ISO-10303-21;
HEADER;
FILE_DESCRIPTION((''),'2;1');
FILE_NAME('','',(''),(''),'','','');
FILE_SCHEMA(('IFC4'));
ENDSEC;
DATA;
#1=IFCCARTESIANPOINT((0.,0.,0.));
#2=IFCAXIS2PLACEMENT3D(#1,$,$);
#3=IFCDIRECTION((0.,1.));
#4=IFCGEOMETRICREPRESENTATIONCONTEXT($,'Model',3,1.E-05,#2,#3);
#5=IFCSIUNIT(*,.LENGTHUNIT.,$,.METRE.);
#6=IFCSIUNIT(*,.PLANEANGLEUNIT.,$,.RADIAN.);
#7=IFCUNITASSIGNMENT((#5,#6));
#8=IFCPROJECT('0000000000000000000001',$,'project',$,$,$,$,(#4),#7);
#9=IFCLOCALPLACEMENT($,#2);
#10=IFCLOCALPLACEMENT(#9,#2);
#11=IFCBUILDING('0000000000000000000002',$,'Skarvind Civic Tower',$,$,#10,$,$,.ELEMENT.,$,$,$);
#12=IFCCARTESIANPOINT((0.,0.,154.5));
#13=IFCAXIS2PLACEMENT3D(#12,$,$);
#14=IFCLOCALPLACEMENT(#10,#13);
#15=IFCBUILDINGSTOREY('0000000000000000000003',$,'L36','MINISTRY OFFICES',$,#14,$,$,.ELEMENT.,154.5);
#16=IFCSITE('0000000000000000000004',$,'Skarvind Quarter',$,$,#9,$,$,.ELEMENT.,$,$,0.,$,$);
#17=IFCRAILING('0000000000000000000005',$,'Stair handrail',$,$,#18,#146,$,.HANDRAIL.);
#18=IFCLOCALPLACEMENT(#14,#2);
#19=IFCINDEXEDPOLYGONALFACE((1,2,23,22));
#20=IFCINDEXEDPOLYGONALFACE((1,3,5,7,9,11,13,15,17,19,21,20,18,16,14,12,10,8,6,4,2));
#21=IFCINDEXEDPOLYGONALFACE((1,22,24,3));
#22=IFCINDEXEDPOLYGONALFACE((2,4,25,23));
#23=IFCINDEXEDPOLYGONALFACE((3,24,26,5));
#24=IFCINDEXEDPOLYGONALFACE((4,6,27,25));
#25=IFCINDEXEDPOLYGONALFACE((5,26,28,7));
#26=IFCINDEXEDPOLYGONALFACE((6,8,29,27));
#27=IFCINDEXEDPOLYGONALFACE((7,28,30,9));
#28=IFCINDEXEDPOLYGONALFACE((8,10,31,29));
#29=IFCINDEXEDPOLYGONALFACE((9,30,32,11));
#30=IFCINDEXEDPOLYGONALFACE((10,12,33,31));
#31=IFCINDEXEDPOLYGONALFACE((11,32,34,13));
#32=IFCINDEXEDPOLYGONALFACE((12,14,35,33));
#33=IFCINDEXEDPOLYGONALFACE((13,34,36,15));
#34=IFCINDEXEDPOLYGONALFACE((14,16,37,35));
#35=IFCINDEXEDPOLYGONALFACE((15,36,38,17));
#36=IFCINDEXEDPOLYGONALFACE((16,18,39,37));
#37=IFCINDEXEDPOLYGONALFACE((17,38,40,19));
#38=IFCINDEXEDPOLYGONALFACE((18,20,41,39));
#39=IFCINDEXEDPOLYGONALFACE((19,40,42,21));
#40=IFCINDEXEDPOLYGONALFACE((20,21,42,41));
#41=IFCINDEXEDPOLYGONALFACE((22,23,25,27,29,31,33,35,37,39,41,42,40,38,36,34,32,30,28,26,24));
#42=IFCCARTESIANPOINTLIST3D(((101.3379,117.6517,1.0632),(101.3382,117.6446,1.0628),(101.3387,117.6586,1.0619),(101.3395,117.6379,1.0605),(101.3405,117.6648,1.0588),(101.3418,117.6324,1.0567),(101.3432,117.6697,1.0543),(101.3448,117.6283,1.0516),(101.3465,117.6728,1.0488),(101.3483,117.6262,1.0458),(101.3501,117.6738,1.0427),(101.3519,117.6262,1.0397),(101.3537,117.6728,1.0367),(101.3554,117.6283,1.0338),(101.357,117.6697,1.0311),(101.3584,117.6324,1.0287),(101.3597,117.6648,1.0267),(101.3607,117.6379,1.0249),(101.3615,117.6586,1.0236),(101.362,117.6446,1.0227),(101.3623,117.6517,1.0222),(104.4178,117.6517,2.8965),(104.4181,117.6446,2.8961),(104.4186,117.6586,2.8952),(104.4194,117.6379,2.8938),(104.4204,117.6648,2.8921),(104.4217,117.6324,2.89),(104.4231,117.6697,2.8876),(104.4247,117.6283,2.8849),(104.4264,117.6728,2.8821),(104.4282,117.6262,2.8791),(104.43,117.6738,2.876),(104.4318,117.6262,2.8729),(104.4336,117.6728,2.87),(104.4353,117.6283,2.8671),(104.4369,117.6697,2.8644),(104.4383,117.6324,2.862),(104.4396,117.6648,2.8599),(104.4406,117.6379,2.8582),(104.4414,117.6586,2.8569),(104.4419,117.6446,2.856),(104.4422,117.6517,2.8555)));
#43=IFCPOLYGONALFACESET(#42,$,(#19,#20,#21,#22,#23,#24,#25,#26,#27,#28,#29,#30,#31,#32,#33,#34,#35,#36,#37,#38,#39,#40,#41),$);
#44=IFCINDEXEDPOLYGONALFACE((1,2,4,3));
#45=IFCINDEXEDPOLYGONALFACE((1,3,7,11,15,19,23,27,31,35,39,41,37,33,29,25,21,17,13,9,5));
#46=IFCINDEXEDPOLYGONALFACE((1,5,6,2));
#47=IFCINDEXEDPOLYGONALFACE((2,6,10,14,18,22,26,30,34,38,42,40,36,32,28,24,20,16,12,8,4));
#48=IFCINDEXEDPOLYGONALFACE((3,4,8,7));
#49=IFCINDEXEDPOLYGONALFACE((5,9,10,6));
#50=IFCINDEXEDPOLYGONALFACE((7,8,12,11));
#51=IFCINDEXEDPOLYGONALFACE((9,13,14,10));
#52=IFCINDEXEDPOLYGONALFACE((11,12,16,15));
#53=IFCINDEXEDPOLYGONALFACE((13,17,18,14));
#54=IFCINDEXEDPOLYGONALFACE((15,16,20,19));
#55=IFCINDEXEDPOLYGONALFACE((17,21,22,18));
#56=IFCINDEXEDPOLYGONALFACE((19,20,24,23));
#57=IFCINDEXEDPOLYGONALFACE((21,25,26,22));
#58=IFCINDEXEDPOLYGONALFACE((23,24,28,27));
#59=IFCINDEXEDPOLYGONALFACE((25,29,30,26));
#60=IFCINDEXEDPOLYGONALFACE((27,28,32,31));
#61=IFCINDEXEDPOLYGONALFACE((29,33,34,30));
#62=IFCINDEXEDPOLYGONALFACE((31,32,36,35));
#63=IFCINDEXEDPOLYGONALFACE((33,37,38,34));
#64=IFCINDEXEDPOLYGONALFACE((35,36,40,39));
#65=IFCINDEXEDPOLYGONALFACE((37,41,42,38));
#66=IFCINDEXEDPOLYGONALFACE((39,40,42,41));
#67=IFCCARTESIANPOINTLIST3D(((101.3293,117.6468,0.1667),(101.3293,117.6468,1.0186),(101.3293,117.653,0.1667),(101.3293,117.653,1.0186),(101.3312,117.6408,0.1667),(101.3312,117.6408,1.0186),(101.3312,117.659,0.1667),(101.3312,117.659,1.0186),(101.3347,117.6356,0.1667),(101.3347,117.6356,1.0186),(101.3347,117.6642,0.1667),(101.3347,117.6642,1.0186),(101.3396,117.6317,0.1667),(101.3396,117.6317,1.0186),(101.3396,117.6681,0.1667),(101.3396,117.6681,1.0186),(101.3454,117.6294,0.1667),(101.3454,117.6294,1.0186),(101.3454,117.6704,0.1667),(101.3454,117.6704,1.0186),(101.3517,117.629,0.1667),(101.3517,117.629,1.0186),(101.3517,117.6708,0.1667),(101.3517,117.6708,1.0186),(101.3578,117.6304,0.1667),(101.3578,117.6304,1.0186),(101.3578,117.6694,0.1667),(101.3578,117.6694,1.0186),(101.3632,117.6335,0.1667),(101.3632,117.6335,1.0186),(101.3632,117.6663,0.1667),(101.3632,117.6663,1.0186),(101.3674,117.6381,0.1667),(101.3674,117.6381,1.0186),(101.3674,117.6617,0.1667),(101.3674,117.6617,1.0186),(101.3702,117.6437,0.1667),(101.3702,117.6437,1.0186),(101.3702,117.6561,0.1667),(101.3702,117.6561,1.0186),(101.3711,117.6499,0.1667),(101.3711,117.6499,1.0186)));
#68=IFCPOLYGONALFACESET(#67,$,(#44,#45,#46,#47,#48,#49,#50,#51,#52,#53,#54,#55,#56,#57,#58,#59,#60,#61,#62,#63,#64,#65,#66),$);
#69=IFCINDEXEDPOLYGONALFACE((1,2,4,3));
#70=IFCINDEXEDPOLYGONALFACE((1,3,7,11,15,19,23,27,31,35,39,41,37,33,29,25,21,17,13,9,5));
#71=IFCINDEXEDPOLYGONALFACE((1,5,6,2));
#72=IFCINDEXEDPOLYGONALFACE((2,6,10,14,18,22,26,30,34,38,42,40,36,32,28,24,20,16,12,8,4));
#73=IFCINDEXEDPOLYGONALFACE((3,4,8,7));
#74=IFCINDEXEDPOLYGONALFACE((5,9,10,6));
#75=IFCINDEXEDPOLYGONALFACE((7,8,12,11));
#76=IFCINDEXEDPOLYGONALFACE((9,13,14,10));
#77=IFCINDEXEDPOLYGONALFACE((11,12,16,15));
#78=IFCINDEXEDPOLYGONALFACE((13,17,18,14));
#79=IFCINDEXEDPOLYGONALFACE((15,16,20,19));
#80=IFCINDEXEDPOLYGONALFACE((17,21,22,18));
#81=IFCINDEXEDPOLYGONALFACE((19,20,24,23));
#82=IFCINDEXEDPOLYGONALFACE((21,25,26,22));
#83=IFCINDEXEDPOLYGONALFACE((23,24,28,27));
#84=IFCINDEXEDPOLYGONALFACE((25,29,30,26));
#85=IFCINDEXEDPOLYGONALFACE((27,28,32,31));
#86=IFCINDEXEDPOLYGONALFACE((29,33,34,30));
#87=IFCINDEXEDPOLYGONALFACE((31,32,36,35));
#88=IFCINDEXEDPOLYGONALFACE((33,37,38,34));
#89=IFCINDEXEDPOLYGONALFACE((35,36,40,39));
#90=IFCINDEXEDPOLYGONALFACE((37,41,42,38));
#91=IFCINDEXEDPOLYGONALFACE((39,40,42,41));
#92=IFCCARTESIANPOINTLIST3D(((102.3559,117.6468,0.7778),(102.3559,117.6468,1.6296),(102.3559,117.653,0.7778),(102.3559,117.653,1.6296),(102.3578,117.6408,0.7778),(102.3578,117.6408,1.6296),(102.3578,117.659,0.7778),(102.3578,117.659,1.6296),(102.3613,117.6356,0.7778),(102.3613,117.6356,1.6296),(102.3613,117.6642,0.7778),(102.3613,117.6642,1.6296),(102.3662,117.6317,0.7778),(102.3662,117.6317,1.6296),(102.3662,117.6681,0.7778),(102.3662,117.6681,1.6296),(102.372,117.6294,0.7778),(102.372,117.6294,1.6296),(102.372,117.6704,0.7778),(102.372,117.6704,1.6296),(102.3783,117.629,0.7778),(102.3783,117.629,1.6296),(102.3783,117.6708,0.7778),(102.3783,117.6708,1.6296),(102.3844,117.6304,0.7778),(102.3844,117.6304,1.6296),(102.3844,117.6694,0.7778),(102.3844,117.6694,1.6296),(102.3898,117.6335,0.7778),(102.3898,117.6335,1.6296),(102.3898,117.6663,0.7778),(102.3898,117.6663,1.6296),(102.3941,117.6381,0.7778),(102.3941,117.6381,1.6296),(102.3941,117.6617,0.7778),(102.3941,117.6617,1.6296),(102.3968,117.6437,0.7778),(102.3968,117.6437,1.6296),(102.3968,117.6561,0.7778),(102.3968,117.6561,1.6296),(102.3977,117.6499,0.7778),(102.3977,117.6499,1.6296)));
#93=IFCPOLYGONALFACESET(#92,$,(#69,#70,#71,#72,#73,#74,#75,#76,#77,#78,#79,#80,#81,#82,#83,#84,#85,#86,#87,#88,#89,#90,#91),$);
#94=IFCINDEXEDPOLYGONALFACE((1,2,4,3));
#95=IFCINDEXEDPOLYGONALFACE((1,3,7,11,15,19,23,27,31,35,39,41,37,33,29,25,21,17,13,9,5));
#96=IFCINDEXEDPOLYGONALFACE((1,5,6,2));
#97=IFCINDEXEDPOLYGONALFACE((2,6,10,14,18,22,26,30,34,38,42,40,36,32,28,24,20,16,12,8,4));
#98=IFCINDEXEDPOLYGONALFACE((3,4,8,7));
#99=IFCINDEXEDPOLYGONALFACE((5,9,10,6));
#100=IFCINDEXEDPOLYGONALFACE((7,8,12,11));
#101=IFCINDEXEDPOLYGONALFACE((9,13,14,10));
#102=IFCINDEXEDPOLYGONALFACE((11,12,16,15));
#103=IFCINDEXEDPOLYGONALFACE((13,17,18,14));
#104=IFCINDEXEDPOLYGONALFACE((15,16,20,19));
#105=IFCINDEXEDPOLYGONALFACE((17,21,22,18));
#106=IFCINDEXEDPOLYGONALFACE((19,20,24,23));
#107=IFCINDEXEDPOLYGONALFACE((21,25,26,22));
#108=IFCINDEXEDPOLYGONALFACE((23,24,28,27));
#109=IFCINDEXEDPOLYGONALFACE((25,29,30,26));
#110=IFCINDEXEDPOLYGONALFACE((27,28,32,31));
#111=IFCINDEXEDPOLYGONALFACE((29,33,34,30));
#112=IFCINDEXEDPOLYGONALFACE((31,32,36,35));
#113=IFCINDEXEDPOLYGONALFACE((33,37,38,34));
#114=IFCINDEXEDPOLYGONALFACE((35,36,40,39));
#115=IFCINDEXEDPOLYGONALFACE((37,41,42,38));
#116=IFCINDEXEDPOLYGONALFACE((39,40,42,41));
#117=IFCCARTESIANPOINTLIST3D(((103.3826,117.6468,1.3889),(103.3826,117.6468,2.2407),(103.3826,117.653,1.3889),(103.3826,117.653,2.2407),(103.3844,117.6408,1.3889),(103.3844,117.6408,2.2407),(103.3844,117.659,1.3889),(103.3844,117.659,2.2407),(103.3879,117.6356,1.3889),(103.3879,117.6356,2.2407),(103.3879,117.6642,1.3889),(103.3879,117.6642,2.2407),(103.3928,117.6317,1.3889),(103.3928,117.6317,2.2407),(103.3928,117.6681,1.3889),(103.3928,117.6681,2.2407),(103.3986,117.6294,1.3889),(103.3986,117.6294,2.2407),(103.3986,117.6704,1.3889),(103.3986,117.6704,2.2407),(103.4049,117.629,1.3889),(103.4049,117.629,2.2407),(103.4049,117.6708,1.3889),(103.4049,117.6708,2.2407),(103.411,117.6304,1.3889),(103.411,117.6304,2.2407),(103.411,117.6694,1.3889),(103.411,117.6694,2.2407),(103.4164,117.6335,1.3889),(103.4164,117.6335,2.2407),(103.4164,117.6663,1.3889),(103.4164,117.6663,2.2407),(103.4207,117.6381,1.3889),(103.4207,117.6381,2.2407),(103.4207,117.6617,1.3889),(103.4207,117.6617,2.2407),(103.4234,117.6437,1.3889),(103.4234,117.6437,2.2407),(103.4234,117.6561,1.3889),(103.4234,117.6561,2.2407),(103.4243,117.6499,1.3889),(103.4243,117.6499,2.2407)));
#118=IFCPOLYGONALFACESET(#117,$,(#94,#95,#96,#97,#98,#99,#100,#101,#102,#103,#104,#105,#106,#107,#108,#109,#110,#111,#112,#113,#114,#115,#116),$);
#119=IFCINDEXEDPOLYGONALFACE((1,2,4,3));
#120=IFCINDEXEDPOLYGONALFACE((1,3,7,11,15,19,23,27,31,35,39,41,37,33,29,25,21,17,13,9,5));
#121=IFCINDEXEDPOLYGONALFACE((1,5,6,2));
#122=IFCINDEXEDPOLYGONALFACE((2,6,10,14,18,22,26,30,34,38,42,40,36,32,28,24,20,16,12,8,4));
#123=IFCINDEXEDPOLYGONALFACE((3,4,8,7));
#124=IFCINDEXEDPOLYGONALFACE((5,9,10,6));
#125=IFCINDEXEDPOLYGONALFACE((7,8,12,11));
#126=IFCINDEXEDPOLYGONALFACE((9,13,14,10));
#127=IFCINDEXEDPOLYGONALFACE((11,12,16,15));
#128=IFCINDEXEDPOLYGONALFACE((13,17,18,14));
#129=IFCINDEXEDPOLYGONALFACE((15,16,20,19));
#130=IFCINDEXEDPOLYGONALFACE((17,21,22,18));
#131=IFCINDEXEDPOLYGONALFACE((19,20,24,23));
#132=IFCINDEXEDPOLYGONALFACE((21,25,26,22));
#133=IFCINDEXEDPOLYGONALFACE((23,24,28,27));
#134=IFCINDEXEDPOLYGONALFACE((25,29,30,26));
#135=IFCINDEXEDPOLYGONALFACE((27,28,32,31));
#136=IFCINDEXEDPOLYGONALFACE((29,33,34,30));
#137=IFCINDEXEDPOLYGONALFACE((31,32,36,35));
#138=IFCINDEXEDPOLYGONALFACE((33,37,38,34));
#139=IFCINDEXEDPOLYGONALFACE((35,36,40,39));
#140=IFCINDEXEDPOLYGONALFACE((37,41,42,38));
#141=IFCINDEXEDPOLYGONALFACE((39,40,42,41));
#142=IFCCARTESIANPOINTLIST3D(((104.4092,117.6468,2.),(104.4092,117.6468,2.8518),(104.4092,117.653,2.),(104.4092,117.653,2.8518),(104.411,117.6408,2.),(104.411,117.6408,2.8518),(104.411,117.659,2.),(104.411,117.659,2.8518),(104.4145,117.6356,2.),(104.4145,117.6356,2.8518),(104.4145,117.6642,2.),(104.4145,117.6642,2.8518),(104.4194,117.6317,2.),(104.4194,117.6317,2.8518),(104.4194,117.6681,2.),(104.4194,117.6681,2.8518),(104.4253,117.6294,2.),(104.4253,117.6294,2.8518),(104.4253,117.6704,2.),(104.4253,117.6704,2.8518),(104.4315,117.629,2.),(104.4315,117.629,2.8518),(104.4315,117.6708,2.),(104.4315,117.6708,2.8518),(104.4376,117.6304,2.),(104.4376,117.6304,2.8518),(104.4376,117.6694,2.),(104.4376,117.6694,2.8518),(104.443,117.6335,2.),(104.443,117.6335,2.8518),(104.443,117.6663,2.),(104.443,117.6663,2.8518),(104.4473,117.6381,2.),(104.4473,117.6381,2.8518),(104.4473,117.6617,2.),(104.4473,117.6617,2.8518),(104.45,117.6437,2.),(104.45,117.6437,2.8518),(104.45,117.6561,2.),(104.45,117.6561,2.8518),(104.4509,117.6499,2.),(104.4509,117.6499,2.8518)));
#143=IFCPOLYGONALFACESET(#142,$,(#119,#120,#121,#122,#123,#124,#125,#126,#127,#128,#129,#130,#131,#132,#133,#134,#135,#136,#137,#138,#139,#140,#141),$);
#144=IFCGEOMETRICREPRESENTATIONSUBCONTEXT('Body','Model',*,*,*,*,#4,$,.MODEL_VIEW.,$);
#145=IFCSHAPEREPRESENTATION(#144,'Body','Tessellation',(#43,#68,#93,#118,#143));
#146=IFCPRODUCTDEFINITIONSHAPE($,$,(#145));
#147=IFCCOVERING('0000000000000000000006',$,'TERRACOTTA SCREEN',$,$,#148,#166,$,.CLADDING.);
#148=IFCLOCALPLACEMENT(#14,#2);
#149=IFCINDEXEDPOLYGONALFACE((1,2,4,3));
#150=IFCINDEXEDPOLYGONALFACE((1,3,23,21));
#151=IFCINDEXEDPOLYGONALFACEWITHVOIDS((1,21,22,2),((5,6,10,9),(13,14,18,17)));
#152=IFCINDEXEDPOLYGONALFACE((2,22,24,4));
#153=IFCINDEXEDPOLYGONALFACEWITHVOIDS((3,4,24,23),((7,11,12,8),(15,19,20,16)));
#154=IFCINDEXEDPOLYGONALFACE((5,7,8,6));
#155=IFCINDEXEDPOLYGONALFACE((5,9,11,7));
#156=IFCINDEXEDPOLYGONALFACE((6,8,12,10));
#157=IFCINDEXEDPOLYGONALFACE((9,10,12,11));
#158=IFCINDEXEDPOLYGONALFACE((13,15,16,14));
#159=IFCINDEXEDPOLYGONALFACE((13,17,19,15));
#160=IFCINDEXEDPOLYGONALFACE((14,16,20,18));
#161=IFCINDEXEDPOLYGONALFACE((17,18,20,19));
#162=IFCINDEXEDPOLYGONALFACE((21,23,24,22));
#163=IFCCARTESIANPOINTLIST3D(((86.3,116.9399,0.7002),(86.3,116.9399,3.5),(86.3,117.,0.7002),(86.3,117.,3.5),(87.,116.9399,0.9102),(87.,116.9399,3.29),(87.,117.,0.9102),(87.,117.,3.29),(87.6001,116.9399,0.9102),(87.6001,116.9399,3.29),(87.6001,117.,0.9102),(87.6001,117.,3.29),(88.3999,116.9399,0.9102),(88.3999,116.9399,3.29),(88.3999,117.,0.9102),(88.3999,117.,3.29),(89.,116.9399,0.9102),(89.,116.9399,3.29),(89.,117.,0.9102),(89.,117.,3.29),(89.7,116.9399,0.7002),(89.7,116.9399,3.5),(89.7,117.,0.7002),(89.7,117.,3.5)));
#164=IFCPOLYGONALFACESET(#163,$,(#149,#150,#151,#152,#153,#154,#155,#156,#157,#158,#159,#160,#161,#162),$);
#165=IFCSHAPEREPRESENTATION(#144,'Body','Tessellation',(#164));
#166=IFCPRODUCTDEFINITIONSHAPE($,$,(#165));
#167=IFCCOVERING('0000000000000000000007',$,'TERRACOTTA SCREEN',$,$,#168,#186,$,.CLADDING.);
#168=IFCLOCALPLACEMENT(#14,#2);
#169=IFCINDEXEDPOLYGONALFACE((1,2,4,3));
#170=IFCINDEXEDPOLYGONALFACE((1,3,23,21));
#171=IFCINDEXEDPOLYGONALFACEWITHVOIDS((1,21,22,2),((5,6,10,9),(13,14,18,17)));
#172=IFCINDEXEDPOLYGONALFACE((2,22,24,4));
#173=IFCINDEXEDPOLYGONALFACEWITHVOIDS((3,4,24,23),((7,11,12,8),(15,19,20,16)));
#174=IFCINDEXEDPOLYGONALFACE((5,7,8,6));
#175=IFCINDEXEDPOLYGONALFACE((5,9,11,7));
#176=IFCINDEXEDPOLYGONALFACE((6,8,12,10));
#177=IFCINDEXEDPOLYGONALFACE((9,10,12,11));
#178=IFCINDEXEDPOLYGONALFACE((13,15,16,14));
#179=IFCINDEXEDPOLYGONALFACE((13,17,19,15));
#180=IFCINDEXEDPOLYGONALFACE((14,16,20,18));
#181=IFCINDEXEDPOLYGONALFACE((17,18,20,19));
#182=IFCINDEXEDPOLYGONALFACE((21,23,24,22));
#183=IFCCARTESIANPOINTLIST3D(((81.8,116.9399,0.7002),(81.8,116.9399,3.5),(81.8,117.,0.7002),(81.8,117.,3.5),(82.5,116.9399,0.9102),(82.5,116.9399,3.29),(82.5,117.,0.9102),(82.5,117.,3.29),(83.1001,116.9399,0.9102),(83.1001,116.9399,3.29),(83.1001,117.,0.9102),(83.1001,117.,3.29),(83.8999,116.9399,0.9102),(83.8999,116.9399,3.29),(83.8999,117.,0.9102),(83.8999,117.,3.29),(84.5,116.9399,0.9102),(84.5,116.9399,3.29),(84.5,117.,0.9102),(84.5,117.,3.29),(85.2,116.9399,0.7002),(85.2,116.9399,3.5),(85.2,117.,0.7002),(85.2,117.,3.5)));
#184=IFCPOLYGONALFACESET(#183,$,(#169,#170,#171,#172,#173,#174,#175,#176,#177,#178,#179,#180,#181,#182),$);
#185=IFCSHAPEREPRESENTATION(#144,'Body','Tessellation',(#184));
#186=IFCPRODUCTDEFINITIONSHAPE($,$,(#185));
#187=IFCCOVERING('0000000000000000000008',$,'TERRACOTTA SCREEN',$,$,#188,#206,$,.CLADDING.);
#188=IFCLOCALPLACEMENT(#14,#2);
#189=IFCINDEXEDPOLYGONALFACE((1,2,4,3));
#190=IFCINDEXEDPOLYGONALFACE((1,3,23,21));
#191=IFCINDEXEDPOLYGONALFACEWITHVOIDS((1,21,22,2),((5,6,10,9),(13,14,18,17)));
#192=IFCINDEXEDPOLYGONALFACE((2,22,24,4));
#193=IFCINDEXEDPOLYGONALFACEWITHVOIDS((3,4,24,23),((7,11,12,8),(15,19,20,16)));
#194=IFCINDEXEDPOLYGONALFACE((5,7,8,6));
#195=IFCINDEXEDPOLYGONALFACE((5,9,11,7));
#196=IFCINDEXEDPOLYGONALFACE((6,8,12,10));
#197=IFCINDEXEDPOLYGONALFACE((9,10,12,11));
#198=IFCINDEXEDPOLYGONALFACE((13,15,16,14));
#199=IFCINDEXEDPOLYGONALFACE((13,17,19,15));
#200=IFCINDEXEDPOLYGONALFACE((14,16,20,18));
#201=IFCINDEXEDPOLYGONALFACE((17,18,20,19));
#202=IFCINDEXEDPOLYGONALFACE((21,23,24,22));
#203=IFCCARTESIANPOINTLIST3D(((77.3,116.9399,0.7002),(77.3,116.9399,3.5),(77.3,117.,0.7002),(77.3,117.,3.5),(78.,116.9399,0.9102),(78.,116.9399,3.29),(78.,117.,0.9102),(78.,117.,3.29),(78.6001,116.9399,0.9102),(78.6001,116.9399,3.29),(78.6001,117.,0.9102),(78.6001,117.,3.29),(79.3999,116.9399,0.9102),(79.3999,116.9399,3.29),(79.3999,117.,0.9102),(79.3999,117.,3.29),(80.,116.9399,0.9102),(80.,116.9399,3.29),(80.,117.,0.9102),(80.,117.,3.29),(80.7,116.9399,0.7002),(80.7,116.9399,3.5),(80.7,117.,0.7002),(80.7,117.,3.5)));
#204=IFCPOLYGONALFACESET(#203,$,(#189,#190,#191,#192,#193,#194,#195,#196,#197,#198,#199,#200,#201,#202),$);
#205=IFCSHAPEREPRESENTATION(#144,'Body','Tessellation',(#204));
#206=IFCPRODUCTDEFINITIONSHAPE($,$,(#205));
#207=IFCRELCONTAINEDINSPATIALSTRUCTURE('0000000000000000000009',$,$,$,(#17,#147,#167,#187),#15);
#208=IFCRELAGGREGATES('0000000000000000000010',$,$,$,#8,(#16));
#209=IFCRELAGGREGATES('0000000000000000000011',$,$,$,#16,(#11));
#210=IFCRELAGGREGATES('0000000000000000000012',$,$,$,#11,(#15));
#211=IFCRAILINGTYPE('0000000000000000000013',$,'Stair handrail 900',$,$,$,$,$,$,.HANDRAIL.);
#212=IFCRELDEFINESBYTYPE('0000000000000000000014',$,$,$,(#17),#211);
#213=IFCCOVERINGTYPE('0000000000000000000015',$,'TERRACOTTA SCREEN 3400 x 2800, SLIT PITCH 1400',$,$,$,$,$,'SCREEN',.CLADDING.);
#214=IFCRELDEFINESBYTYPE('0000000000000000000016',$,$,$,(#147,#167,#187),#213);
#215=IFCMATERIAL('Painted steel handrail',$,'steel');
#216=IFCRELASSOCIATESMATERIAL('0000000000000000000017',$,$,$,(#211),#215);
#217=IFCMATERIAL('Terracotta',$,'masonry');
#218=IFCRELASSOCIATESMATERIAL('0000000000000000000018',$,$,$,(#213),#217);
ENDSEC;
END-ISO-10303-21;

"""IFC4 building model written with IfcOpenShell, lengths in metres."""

from ifc_helpers import new_model, si_unit, direction, frame, origin, origin_2d, place, context, subcontext, project, spatial, polyline, circle, outline, extrude, material, material_profile, profile_set, type_object, element, save


model = new_model("IFC4")

# Units and contexts
model_context = context("Model", 3, precision=1e-05, world=origin(), true_north=direction((0.0, 1.0)))
body_context = subcontext(model_context, "Body", "Model", "MODEL_VIEW")
ifc_project = project(units=[si_unit("LENGTHUNIT", "METRE"), si_unit("PLANEANGLEUNIT", "RADIAN")], contexts=[model_context])

# Site, building, storey
site_placement = place(None, origin())
site = spatial("IfcSite", under=ifc_project, at=site_placement, Name="Skarvind Quarter", CompositionType="ELEMENT", RefElevation=0.0)
building_placement = place(site_placement, origin())
building = spatial("IfcBuilding", under=site, at=building_placement, Name="Skarvind Civic Tower", CompositionType="ELEMENT")
storey_placement = place(building_placement, frame((0.0, 0.0, 154.5)))
storey = spatial("IfcBuildingStorey", under=building, at=storey_placement, Name="L36", Description="MINISTRY OFFICES", CompositionType="ELEMENT", Elevation=154.5)

# Railing
ifc_material_1 = material(Name="Painted steel handrail", Category="steel")
railing_type_1 = type_object("IfcRailingType", Name="Stair handrail 900", PredefinedType="HANDRAIL", material=ifc_material_1)
railing_1_placement = place(storey_placement, frame((101.3501, 117.6499, 0.1667)))
element("IfcRailing", 1, at=railing_1_placement, inside=storey, type_object=railing_type_1, Name="Stair handrail", PredefinedType="HANDRAIL", context=body_context, shape_type="SweptSolid", body=[
    extrude(circle(Radius=0.0239, at=origin_2d()), frame((0.0, 0.0, 0.876), z_axis=(0.859291, 0.0, 0.511487), x_axis=(0.0, 1.0, 0.0)), (0.0, 0.0, 1.0), 3.5842),
    extrude(circle(Radius=0.021, at=origin_2d()), origin(), (0.0, 0.0, 1.0), 0.8518),
    extrude(circle(Radius=0.021, at=origin_2d()), frame((1.0266, 0.0, 0.6111)), (0.0, 0.0, 1.0), 0.8518),
    extrude(circle(Radius=0.021, at=origin_2d()), frame((2.0532, 0.0, 1.2222)), (0.0, 0.0, 1.0), 0.8518),
    extrude(circle(Radius=0.021, at=origin_2d()), frame((3.0798, 0.0, 1.8333)), (0.0, 0.0, 1.0), 0.8518),
])

# Coverings
ifc_material_2 = material(Name="Terracotta", Category="masonry")
ifc_material_profile_1 = material_profile(ifc_material_2, outline(polyline([(-1.7, -1.3999), (1.7, -1.3999), (1.7, 1.3999), (-1.7, 1.3999), (-1.7, -1.3999)]), holes=[polyline([(-1.0, -1.1899), (-0.3999, -1.1899), (-0.3999, 1.1899), (-1.0, 1.1899), (-1.0, -1.1899)]), polyline([(0.3999, -1.1899), (1.0, -1.1899), (1.0, 1.1899), (0.3999, 1.1899), (0.3999, -1.1899)])]), Name="TERRACOTTA SCREEN 3400 x 2800, SLIT PITCH 1400")
ifc_profile_set_1 = profile_set([ifc_material_profile_1], Name="Terracotta")
covering_type = type_object("IfcCoveringType", Name="TERRACOTTA SCREEN 3400 x 2800, SLIT PITCH 1400", ElementType="SCREEN", PredefinedType="CLADDING", material=ifc_profile_set_1)
for number, where, z_axis, x_axis, name in (
    (2, (88.0, 117.0, 2.1001), (0.0, -1.0, 0.0), (1.0, 0.0, 0.0), "TERRACOTTA SCREEN"),
    (3, (83.5, 117.0, 2.1001), (0.0, -1.0, 0.0), (1.0, 0.0, 0.0), "TERRACOTTA SCREEN"),
    (4, (79.0, 117.0, 2.1001), (0.0, -1.0, 0.0), (1.0, 0.0, 0.0), "TERRACOTTA SCREEN"),
):
    element("IfcCovering", number, at=place(storey_placement, frame(where, z_axis=z_axis, x_axis=x_axis)), inside=storey, type_object=covering_type, Name=name, PredefinedType="CLADDING", context=body_context, shape_type="SweptSolid", body=[
        extrude(outline(polyline([(-1.7, -1.3999), (1.7, -1.3999), (1.7, 1.3999), (-1.7, 1.3999), (-1.7, -1.3999)]), holes=[polyline([(-1.0, -1.1899), (-0.3999, -1.1899), (-0.3999, 1.1899), (-1.0, 1.1899), (-1.0, -1.1899)]), polyline([(0.3999, -1.1899), (1.0, -1.1899), (1.0, 1.1899), (0.3999, 1.1899), (0.3999, -1.1899)])]), origin(), (0.0, 0.0, 1.0), 0.0601),
    ])

save(model, "model.ifc")
